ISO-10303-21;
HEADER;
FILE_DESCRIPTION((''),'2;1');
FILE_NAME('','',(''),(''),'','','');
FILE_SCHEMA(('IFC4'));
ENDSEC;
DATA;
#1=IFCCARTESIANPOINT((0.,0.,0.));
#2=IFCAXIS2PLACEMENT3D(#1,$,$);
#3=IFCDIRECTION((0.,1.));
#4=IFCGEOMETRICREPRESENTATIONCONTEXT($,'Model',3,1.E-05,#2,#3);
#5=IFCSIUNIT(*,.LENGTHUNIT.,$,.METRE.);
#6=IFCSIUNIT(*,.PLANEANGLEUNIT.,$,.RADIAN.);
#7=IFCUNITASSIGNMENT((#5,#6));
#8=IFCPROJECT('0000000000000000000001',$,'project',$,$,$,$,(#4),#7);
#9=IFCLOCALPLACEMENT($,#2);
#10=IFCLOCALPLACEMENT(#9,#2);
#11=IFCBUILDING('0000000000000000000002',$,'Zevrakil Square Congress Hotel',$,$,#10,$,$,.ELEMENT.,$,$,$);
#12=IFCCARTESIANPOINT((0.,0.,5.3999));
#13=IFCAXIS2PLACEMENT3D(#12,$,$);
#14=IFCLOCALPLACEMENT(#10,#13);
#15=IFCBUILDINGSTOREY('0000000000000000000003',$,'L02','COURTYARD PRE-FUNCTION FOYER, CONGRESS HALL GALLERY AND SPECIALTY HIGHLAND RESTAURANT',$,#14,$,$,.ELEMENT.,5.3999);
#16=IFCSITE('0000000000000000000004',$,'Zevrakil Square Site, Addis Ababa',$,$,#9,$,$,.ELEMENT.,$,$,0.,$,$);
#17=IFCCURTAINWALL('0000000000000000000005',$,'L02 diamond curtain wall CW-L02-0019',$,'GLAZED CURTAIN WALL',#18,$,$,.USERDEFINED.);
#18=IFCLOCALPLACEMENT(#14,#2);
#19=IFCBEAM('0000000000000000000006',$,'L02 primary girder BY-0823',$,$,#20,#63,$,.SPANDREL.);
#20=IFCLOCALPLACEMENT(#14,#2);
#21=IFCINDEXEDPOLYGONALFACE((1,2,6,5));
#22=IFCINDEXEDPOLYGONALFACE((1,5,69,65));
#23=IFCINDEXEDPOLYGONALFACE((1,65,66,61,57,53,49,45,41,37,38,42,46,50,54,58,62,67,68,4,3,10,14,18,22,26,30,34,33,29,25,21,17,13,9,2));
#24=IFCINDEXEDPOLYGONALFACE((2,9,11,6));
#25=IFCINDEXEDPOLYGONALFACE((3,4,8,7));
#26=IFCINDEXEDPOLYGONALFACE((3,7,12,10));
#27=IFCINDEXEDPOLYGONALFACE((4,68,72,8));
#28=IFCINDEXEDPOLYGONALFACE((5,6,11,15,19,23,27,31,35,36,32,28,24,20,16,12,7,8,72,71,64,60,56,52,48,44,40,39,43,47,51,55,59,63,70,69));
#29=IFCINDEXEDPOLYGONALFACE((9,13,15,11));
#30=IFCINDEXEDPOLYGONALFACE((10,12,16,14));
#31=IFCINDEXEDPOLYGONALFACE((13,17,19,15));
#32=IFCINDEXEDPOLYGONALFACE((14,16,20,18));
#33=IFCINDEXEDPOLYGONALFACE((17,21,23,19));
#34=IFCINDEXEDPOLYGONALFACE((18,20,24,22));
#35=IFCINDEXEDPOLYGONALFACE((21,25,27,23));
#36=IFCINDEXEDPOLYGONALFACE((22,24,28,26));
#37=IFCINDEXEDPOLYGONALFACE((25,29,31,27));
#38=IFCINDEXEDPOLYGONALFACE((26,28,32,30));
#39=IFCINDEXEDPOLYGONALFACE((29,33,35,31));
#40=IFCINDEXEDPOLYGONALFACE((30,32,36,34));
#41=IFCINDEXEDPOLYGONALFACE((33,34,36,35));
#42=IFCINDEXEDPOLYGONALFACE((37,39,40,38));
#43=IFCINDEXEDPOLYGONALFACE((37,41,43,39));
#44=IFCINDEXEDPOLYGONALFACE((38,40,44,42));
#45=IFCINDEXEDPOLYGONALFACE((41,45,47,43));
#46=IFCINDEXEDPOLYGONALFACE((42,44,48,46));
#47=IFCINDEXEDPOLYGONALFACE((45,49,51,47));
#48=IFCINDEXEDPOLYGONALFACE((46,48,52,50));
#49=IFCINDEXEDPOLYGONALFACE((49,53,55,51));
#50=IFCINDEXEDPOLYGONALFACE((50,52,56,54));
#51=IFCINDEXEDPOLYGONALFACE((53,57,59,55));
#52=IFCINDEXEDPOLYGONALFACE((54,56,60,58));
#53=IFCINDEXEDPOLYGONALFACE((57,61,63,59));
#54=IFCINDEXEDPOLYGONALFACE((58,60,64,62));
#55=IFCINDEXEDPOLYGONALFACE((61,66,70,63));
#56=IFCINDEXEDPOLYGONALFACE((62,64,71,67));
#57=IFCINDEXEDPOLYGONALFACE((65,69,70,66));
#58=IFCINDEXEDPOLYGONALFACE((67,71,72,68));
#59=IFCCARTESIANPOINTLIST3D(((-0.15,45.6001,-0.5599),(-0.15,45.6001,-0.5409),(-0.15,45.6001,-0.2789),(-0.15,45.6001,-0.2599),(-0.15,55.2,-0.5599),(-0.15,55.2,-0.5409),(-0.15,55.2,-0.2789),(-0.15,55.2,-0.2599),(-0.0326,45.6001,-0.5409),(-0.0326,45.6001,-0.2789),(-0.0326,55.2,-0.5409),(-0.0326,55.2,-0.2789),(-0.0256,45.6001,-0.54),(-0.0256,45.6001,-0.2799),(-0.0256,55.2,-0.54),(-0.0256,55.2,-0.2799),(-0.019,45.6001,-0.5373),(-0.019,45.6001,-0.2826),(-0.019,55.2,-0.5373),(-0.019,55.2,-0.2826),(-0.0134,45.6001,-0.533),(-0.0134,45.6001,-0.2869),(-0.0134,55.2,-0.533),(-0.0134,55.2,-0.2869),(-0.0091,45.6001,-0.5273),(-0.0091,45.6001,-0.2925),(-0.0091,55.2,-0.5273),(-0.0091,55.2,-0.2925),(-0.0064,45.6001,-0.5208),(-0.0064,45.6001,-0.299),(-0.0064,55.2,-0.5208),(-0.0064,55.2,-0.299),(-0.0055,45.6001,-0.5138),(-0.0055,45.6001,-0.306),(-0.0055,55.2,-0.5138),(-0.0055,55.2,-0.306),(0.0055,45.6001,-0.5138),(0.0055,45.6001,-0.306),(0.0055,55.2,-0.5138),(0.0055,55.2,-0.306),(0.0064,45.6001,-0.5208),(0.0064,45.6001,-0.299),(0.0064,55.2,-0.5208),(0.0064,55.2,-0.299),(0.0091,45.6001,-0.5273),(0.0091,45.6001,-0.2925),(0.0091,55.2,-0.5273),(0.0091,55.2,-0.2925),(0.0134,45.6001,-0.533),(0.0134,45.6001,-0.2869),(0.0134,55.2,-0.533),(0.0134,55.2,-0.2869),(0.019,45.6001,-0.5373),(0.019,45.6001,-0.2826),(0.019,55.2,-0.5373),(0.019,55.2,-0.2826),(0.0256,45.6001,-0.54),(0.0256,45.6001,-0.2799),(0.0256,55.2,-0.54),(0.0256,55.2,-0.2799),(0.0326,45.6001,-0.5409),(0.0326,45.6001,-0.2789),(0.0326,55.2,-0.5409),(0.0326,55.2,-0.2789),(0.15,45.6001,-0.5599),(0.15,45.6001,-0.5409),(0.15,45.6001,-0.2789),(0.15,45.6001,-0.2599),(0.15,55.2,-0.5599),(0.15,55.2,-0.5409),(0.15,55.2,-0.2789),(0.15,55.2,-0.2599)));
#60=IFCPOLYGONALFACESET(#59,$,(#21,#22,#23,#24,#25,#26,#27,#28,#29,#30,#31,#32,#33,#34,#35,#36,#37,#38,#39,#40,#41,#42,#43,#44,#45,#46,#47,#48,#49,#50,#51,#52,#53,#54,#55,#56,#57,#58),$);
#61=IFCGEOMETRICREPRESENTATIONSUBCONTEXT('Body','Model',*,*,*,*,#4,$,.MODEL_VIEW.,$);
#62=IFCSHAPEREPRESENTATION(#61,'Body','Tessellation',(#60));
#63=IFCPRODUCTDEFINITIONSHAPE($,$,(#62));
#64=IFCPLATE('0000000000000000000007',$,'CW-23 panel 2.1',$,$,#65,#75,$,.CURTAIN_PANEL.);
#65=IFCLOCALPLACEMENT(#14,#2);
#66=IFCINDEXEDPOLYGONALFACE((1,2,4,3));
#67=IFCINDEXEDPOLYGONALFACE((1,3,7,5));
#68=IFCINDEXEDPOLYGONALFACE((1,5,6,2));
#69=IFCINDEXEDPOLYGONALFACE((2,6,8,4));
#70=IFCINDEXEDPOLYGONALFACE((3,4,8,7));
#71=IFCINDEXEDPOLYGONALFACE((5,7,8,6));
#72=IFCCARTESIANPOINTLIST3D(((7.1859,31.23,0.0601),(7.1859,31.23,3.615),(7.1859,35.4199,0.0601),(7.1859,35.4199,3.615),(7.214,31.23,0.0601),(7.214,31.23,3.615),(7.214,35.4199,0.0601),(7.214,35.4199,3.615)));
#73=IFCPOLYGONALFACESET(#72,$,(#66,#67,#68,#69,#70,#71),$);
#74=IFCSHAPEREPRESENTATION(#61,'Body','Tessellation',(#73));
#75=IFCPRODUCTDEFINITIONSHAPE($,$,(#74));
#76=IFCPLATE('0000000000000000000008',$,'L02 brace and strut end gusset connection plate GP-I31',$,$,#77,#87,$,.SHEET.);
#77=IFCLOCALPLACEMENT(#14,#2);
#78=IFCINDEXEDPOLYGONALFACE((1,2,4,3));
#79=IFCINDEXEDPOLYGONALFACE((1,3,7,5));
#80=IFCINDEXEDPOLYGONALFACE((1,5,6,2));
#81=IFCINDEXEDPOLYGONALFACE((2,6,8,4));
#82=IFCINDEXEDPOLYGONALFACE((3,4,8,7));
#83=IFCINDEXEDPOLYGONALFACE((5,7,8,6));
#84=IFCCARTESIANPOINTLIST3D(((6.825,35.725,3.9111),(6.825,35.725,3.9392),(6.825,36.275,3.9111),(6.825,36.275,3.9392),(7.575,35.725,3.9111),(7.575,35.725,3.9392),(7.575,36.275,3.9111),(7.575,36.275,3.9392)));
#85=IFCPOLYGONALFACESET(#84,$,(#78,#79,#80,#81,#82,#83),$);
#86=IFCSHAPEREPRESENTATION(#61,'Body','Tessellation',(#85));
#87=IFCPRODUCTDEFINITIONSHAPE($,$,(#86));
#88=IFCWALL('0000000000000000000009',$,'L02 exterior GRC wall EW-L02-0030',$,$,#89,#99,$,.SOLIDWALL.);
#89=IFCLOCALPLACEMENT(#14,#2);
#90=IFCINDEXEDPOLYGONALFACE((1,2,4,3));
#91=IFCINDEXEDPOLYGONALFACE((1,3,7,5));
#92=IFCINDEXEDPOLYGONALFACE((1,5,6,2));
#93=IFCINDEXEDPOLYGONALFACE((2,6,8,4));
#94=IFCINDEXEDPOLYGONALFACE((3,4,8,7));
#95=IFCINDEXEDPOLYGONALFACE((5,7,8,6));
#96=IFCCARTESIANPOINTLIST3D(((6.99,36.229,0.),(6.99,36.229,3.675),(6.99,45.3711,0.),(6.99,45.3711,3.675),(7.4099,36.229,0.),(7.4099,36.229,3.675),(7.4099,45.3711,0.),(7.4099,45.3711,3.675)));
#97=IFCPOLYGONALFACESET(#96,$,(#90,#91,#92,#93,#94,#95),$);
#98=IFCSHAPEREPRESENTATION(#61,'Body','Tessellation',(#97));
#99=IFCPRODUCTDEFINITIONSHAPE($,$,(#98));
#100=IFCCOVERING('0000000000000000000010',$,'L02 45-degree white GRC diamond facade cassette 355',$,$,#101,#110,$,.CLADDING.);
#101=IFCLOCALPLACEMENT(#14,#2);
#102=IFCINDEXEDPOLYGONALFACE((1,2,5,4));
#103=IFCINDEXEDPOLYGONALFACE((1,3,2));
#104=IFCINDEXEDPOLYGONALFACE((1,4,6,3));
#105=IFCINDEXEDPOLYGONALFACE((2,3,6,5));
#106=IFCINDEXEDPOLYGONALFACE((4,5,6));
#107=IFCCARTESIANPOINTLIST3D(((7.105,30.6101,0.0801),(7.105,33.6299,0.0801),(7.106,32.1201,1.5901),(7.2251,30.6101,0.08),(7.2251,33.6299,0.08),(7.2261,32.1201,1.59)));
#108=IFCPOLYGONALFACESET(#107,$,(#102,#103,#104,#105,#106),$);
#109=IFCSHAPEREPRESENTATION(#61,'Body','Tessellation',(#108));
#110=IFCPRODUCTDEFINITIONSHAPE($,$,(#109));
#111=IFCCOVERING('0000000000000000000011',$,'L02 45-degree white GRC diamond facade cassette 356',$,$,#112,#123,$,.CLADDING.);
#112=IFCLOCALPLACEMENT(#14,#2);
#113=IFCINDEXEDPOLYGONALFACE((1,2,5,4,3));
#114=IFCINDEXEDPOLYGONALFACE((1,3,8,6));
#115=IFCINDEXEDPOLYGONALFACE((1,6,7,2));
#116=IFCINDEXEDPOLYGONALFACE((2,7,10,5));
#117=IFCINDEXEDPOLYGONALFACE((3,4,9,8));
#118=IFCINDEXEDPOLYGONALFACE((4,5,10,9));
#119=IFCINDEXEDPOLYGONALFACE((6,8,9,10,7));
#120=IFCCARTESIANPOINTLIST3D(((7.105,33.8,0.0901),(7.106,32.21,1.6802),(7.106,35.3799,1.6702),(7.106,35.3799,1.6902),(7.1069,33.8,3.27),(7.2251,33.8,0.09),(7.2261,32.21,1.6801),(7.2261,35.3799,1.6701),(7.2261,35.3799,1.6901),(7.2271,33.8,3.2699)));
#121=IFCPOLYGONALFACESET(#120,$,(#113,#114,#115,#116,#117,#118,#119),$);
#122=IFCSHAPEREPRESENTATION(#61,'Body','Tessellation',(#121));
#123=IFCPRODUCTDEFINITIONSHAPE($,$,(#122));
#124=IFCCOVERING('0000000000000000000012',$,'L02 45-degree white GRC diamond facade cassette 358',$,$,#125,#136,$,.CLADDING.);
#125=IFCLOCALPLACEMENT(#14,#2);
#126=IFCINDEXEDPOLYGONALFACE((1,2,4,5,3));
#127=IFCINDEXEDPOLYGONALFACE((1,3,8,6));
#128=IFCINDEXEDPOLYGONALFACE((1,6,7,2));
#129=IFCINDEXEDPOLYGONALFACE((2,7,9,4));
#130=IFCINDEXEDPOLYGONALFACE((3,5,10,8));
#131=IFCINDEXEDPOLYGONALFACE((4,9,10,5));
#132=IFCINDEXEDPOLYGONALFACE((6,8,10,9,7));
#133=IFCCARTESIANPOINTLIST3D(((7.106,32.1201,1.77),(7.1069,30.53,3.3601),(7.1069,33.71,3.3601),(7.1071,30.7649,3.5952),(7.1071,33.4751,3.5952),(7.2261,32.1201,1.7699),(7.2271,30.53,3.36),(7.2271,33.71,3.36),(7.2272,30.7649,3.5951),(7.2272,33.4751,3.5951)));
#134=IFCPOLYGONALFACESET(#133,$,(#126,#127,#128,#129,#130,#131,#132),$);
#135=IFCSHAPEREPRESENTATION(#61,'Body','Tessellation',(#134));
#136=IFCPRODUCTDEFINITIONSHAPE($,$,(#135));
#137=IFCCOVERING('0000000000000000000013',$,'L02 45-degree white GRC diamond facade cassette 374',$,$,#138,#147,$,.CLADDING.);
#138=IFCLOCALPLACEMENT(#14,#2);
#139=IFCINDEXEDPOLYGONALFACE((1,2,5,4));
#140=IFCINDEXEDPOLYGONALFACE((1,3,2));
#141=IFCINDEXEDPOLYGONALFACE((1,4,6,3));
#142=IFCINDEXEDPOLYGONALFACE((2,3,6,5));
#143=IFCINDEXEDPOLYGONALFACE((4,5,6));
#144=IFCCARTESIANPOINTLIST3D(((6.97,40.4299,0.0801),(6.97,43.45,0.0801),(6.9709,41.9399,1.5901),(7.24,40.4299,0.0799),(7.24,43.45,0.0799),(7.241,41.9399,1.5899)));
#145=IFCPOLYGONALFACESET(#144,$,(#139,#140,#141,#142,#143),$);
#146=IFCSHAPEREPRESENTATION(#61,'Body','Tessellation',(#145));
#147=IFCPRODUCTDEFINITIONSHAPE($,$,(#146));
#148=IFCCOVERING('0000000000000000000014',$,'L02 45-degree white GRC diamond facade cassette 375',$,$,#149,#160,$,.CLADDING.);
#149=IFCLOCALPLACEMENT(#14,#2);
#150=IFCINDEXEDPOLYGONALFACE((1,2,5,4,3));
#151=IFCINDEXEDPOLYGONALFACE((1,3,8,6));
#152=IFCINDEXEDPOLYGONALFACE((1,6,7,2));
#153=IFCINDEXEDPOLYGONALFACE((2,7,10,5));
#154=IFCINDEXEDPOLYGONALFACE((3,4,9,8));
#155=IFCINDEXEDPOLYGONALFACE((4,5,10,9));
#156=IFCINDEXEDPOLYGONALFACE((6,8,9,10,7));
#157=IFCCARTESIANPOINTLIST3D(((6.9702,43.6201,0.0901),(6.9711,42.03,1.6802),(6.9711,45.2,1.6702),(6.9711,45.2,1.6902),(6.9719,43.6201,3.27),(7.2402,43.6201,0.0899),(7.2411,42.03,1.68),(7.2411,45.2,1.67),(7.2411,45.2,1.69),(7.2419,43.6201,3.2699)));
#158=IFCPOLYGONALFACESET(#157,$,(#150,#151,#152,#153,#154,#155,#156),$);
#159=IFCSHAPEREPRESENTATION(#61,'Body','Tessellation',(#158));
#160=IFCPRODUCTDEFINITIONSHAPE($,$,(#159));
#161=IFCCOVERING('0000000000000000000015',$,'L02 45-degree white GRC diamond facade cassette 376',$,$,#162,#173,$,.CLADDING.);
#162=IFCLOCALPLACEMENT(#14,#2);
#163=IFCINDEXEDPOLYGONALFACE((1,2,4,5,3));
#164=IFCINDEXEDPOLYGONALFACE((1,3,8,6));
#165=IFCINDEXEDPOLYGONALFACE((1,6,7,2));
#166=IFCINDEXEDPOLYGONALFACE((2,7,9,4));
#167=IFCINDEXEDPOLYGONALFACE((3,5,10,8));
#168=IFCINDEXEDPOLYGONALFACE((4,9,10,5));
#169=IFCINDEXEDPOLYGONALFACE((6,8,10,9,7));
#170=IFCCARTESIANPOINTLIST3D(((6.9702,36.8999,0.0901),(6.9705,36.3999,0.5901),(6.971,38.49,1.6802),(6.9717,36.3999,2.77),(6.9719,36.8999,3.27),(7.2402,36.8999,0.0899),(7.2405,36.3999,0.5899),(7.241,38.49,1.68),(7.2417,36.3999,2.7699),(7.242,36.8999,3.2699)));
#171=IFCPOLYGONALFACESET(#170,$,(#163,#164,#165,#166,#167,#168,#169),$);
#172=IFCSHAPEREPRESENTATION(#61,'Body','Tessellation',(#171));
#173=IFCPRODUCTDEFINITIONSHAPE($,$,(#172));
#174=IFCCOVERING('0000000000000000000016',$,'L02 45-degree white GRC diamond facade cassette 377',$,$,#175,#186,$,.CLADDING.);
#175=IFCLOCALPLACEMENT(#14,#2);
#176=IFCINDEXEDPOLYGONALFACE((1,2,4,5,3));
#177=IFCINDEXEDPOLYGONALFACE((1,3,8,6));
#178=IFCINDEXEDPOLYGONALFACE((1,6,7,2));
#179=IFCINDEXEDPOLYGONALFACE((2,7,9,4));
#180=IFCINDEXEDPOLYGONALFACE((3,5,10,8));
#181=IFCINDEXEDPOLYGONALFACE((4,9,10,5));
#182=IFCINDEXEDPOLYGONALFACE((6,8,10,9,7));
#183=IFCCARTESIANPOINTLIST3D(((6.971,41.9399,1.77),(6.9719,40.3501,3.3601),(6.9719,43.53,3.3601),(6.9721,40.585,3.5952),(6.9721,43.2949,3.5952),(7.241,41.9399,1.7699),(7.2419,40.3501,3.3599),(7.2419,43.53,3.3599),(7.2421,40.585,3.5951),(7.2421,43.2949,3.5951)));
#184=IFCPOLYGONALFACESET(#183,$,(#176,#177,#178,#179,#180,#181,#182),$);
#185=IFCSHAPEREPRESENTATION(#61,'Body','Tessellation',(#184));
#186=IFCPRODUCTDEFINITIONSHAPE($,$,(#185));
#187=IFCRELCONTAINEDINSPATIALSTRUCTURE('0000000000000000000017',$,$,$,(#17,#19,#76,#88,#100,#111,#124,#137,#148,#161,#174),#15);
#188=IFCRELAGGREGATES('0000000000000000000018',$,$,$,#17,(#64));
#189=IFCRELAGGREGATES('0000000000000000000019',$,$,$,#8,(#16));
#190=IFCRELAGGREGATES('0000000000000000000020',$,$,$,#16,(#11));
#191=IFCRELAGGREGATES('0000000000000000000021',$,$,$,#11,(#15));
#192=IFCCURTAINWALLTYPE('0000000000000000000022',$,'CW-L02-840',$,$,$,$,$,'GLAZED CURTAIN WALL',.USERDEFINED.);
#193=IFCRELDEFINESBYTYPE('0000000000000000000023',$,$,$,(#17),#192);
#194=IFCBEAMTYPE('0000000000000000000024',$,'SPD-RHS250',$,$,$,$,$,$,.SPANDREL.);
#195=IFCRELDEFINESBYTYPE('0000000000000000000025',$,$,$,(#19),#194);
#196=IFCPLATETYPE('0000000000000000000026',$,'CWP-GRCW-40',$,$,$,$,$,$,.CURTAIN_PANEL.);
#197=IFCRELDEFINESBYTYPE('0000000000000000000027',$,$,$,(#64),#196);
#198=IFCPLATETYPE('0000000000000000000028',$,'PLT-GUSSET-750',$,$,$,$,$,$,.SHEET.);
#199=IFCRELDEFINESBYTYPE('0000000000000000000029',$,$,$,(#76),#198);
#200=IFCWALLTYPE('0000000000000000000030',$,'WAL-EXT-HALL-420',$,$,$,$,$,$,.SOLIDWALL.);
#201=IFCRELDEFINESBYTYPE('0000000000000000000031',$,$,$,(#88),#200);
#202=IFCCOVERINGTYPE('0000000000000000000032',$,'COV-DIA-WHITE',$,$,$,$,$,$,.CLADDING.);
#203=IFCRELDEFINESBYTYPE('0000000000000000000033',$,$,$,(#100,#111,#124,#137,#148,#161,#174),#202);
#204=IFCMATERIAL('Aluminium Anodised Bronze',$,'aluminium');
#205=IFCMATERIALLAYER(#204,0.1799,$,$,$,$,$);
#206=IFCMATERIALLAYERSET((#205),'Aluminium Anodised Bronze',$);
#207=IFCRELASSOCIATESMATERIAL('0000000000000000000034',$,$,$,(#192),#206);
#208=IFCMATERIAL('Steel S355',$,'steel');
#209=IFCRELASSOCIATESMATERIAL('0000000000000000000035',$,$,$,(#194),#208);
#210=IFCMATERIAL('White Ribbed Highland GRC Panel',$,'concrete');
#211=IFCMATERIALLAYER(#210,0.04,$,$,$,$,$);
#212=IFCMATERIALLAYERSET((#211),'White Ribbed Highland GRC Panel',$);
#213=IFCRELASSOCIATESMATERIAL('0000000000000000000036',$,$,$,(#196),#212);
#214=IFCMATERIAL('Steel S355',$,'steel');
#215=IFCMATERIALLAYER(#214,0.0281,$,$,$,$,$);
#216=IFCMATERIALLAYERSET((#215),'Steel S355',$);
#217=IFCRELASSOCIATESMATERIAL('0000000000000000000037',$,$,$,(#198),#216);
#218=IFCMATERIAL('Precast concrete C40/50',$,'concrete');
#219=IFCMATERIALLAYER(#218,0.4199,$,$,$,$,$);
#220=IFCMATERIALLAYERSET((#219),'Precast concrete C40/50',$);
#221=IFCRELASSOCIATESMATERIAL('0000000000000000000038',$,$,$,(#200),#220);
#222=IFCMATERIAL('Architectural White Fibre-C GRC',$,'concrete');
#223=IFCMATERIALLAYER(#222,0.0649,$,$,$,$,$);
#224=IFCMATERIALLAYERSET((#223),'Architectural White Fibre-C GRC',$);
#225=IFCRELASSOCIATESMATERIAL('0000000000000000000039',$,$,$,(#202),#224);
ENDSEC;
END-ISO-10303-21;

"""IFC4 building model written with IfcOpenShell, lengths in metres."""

from ifc_helpers import new_model, si_unit, direction, frame, frame_2d, origin, origin_2d, place, context, subcontext, project, spatial, polyline, rectangle, i_section, outline, extrude, material, layer, layer_set, material_profile, profile_set, type_object, element, aggregate, save


model = new_model("IFC4")

# Units and contexts
model_context = context("Model", 3, precision=1e-05, world=origin(), true_north=direction((0.0, 1.0)))
body_context = subcontext(model_context, "Body", "Model", "MODEL_VIEW")
ifc_project = project(units=[si_unit("LENGTHUNIT", "METRE"), si_unit("PLANEANGLEUNIT", "RADIAN")], contexts=[model_context])

# Site, building, storey
site_placement = place(None, origin())
site = spatial("IfcSite", under=ifc_project, at=site_placement, Name="Zevrakil Square Site, Addis Ababa", CompositionType="ELEMENT", RefElevation=0.0)
building_placement = place(site_placement, origin())
building = spatial("IfcBuilding", under=site, at=building_placement, Name="Zevrakil Square Congress Hotel", CompositionType="ELEMENT")
storey_placement = place(building_placement, frame((0.0, 0.0, 5.3999)))
storey = spatial("IfcBuildingStorey", under=building, at=storey_placement, Name="L02", Description="COURTYARD PRE-FUNCTION FOYER, CONGRESS HALL GALLERY AND SPECIALTY HIGHLAND RESTAURANT", CompositionType="ELEMENT", Elevation=5.3999)

# Curtain wall
ifc_material_1 = material(Name="Aluminium Anodised Bronze", Category="aluminium")
ifc_layer_1 = layer(ifc_material_1, 0.1799)
ifc_layer_set_1 = layer_set([ifc_layer_1], Name="Aluminium Anodised Bronze")
curtain_wall_type = type_object("IfcCurtainWallType", Name="CW-L02-840", ElementType="GLAZED CURTAIN WALL", PredefinedType="USERDEFINED", material=ifc_layer_set_1)
curtain_wall_placement = place(storey_placement, origin())
curtain_wall = element("IfcCurtainWall", 1, at=curtain_wall_placement, inside=storey, type_object=curtain_wall_type, Name="L02 diamond curtain wall CW-L02-0019", ObjectType="GLAZED CURTAIN WALL", PredefinedType="USERDEFINED")

# Beam
ifc_material_2 = material(Name="Steel S355", Category="steel")
ifc_material_profile_1 = material_profile(ifc_material_2, i_section(OverallWidth=0.3, OverallDepth=0.3, WebThickness=0.011, FlangeThickness=0.019, FilletRadius=0.0271, at=origin_2d()), Name="HEB 300")
ifc_profile_set_1 = profile_set([ifc_material_profile_1], Name="Steel S355")
beam_type_1 = type_object("IfcBeamType", Name="SPD-RHS250", PredefinedType="SPANDREL", material=ifc_profile_set_1)
beam_1_placement = place(storey_placement, frame((0.0, 45.6001, -0.4099), z_axis=(0.0, 1.0, 0.0), x_axis=(-1.0, 0.0, 0.0)))
element("IfcBeam", 2, at=beam_1_placement, inside=storey, type_object=beam_type_1, Name="L02 primary girder BY-0823", PredefinedType="SPANDREL", context=body_context, shape_type="SweptSolid", body=[
    extrude(i_section(OverallWidth=0.3, OverallDepth=0.3, WebThickness=0.011, FlangeThickness=0.019, FilletRadius=0.0271, at=origin_2d()), origin(), (0.0, 0.0, 1.0), 9.5999),
])

# Plates
ifc_material_3 = material(Name="White Ribbed Highland GRC Panel", Category="concrete")
ifc_layer_2 = layer(ifc_material_3, 0.04)
ifc_layer_set_2 = layer_set([ifc_layer_2], Name="White Ribbed Highland GRC Panel")
plate_type_1 = type_object("IfcPlateType", Name="CWP-GRCW-40", PredefinedType="CURTAIN_PANEL", material=ifc_layer_set_2)
plate_1_placement = place(storey_placement, frame((7.2, 33.325, 0.0601), z_axis=(0.0, 0.0, 1.0), x_axis=(0.0, 1.0, 0.0)))
plate_1 = element("IfcPlate", 3, at=plate_1_placement, type_object=plate_type_1, Name="CW-23 panel 2.1", PredefinedType="CURTAIN_PANEL", context=body_context, shape_type="SweptSolid", body=[
    extrude(rectangle(XDim=4.1899, YDim=0.0281, at=origin_2d()), origin(), (0.0, 0.0, 1.0), 3.5549),
])
aggregate(curtain_wall, [plate_1])
ifc_material_4 = material(Name="Steel S355", Category="steel")
ifc_layer_3 = layer(ifc_material_4, 0.0281)
ifc_layer_set_3 = layer_set([ifc_layer_3], Name="Steel S355")
plate_type_2 = type_object("IfcPlateType", Name="PLT-GUSSET-750", PredefinedType="SHEET", material=ifc_layer_set_3)
plate_2_placement = place(storey_placement, frame((7.2, 36.0, 3.9111), z_axis=(0.0, 0.0, 1.0), x_axis=(1.0, 0.0, 0.0)))
element("IfcPlate", 4, at=plate_2_placement, inside=storey, type_object=plate_type_2, Name="L02 brace and strut end gusset connection plate GP-I31", PredefinedType="SHEET", context=body_context, shape_type="SweptSolid", body=[
    extrude(rectangle(XDim=0.75, YDim=0.55, at=origin_2d()), origin(), (0.0, 0.0, 1.0), 0.0281),
])

# Wall
ifc_material_5 = material(Name="Precast concrete C40/50", Category="concrete")
ifc_layer_4 = layer(ifc_material_5, 0.4199)
ifc_layer_set_4 = layer_set([ifc_layer_4], Name="Precast concrete C40/50")
wall_type = type_object("IfcWallType", Name="WAL-EXT-HALL-420", PredefinedType="SOLIDWALL", material=ifc_layer_set_4)
wall_placement = place(storey_placement, frame((7.2, 36.229, 0.0), z_axis=(0.0, 0.0, 1.0), x_axis=(0.0, 1.0, 0.0)))
element("IfcWall", 5, at=wall_placement, inside=storey, type_object=wall_type, Name="L02 exterior GRC wall EW-L02-0030", PredefinedType="SOLIDWALL", context=body_context, shape_type="SweptSolid", body=[
    extrude(rectangle(XDim=9.1421, YDim=0.4199, at=frame_2d((4.571, 0.0))), origin(), (0.0, 0.0, 1.0), 3.675),
])

# Coverings
ifc_material_6 = material(Name="Architectural White Fibre-C GRC", Category="concrete")
ifc_layer_5 = layer(ifc_material_6, 0.0649)
ifc_layer_set_5 = layer_set([ifc_layer_5], Name="Architectural White Fibre-C GRC")
covering_type_1 = type_object("IfcCoveringType", Name="COV-DIA-WHITE", PredefinedType="CLADDING", material=ifc_layer_set_5)
covering_1_placement = place(storey_placement, frame((7.106, 32.1201, 1.5901), z_axis=(-1.0, 0.0, 0.000647), x_axis=(-0.000457, -0.707107, -0.707107)))
element("IfcCovering", 6, at=covering_1_placement, inside=storey, type_object=covering_type_1, Name="L02 45-degree white GRC diamond facade cassette 355", PredefinedType="CLADDING", context=body_context, shape_type="SweptSolid", body=[
    extrude(outline(polyline([(0.0, 0.0), (2.1355, 0.0), (0.0002, -2.1353), (0.0, 0.0)])), origin(), (0.0, 0.0, -1.0), 0.1201),
])
covering_2_placement = place(storey_placement, frame((7.1069, 33.8, 3.27), z_axis=(-1.0, 0.0, 0.000612), x_axis=(-0.000433, -0.707161, -0.707052)))
element("IfcCovering", 7, at=covering_2_placement, inside=storey, type_object=covering_type_1, Name="L02 45-degree white GRC diamond facade cassette 356", PredefinedType="CLADDING", context=body_context, shape_type="SweptSolid", body=[
    extrude(outline(polyline([(0.0, 0.0), (2.2486, 0.0), (2.2484, -2.2487), (0.014, -2.2484), (-0.0002, -2.2342), (0.0, 0.0)])), origin(), (0.0, 0.0, -1.0), 0.1201),
])
covering_3_placement = place(storey_placement, frame((7.1069, 30.53, 3.3601), z_axis=(-1.0, 0.0, 0.000585), x_axis=(-0.000414, 0.707107, -0.707107)))
element("IfcCovering", 8, at=covering_3_placement, inside=storey, type_object=covering_type_1, Name="L02 45-degree white GRC diamond facade cassette 358", PredefinedType="CLADDING", context=body_context, shape_type="SweptSolid", body=[
    extrude(outline(polyline([(0.0, 0.0), (2.2487, 0.0), (2.2486, -2.2486), (1.9162, -2.2487), (-0.0002, -0.3323), (0.0, 0.0)])), origin(), (0.0, 0.0, -1.0), 0.1201),
])
covering_4_placement = place(storey_placement, frame((6.9709, 41.9399, 1.5901), z_axis=(-1.0, 0.0, 0.000647), x_axis=(-0.000457, -0.707107, -0.707107)))
element("IfcCovering", 9, at=covering_4_placement, inside=storey, type_object=covering_type_1, Name="L02 45-degree white GRC diamond facade cassette 374", PredefinedType="CLADDING", context=body_context, shape_type="SweptSolid", body=[
    extrude(outline(polyline([(0.0, 0.0), (2.1355, 0.0), (0.0, -2.1355), (0.0, 0.0)])), origin(), (0.0, 0.0, -1.0), 0.27),
])
covering_5_placement = place(storey_placement, frame((6.9719, 43.6201, 3.27), z_axis=(-1.0, 0.0, 0.000536), x_axis=(-0.000379, -0.707161, -0.707052)))
element("IfcCovering", 10, at=covering_5_placement, inside=storey, type_object=covering_type_1, Name="L02 45-degree white GRC diamond facade cassette 375", PredefinedType="CLADDING", context=body_context, shape_type="SweptSolid", body=[
    extrude(outline(polyline([(0.0, 0.0), (2.2486, 0.0), (2.2484, -2.2487), (0.014, -2.2484), (-0.0002, -2.2342), (0.0, 0.0)])), origin(), (0.0, 0.0, -1.0), 0.27),
])
covering_6_placement = place(storey_placement, frame((6.9702, 36.8999, 0.0901), z_axis=(-1.0, -0.00005, 0.000541), x_axis=(0.000347, 0.707107, 0.707107)))
element("IfcCovering", 11, at=covering_6_placement, inside=storey, type_object=covering_type_1, Name="L02 45-degree white GRC diamond facade cassette 376", PredefinedType="CLADDING", context=body_context, shape_type="SweptSolid", body=[
    extrude(outline(polyline([(0.0, 0.0), (2.2487, 0.0), (2.2486, -2.2486), (1.5414, -2.2486), (0.0, -0.7071), (0.0, 0.0)])), origin(), (0.0, 0.0, -1.0), 0.27),
])
covering_7_placement = place(storey_placement, frame((6.9719, 40.3501, 3.3601), z_axis=(-1.0, 0.0, 0.000585), x_axis=(-0.000414, 0.707052, -0.707161)))
element("IfcCovering", 12, at=covering_7_placement, inside=storey, type_object=covering_type_1, Name="L02 45-degree white GRC diamond facade cassette 377", PredefinedType="CLADDING", context=body_context, shape_type="SweptSolid", body=[
    extrude(outline(polyline([(0.0, 0.0), (2.2486, 0.0), (2.2484, -2.2487), (1.9159, -2.2487), (-0.0002, -0.3323), (0.0, 0.0)])), origin(), (0.0, 0.0, -1.0), 0.27),
])

save(model, "model.ifc")
